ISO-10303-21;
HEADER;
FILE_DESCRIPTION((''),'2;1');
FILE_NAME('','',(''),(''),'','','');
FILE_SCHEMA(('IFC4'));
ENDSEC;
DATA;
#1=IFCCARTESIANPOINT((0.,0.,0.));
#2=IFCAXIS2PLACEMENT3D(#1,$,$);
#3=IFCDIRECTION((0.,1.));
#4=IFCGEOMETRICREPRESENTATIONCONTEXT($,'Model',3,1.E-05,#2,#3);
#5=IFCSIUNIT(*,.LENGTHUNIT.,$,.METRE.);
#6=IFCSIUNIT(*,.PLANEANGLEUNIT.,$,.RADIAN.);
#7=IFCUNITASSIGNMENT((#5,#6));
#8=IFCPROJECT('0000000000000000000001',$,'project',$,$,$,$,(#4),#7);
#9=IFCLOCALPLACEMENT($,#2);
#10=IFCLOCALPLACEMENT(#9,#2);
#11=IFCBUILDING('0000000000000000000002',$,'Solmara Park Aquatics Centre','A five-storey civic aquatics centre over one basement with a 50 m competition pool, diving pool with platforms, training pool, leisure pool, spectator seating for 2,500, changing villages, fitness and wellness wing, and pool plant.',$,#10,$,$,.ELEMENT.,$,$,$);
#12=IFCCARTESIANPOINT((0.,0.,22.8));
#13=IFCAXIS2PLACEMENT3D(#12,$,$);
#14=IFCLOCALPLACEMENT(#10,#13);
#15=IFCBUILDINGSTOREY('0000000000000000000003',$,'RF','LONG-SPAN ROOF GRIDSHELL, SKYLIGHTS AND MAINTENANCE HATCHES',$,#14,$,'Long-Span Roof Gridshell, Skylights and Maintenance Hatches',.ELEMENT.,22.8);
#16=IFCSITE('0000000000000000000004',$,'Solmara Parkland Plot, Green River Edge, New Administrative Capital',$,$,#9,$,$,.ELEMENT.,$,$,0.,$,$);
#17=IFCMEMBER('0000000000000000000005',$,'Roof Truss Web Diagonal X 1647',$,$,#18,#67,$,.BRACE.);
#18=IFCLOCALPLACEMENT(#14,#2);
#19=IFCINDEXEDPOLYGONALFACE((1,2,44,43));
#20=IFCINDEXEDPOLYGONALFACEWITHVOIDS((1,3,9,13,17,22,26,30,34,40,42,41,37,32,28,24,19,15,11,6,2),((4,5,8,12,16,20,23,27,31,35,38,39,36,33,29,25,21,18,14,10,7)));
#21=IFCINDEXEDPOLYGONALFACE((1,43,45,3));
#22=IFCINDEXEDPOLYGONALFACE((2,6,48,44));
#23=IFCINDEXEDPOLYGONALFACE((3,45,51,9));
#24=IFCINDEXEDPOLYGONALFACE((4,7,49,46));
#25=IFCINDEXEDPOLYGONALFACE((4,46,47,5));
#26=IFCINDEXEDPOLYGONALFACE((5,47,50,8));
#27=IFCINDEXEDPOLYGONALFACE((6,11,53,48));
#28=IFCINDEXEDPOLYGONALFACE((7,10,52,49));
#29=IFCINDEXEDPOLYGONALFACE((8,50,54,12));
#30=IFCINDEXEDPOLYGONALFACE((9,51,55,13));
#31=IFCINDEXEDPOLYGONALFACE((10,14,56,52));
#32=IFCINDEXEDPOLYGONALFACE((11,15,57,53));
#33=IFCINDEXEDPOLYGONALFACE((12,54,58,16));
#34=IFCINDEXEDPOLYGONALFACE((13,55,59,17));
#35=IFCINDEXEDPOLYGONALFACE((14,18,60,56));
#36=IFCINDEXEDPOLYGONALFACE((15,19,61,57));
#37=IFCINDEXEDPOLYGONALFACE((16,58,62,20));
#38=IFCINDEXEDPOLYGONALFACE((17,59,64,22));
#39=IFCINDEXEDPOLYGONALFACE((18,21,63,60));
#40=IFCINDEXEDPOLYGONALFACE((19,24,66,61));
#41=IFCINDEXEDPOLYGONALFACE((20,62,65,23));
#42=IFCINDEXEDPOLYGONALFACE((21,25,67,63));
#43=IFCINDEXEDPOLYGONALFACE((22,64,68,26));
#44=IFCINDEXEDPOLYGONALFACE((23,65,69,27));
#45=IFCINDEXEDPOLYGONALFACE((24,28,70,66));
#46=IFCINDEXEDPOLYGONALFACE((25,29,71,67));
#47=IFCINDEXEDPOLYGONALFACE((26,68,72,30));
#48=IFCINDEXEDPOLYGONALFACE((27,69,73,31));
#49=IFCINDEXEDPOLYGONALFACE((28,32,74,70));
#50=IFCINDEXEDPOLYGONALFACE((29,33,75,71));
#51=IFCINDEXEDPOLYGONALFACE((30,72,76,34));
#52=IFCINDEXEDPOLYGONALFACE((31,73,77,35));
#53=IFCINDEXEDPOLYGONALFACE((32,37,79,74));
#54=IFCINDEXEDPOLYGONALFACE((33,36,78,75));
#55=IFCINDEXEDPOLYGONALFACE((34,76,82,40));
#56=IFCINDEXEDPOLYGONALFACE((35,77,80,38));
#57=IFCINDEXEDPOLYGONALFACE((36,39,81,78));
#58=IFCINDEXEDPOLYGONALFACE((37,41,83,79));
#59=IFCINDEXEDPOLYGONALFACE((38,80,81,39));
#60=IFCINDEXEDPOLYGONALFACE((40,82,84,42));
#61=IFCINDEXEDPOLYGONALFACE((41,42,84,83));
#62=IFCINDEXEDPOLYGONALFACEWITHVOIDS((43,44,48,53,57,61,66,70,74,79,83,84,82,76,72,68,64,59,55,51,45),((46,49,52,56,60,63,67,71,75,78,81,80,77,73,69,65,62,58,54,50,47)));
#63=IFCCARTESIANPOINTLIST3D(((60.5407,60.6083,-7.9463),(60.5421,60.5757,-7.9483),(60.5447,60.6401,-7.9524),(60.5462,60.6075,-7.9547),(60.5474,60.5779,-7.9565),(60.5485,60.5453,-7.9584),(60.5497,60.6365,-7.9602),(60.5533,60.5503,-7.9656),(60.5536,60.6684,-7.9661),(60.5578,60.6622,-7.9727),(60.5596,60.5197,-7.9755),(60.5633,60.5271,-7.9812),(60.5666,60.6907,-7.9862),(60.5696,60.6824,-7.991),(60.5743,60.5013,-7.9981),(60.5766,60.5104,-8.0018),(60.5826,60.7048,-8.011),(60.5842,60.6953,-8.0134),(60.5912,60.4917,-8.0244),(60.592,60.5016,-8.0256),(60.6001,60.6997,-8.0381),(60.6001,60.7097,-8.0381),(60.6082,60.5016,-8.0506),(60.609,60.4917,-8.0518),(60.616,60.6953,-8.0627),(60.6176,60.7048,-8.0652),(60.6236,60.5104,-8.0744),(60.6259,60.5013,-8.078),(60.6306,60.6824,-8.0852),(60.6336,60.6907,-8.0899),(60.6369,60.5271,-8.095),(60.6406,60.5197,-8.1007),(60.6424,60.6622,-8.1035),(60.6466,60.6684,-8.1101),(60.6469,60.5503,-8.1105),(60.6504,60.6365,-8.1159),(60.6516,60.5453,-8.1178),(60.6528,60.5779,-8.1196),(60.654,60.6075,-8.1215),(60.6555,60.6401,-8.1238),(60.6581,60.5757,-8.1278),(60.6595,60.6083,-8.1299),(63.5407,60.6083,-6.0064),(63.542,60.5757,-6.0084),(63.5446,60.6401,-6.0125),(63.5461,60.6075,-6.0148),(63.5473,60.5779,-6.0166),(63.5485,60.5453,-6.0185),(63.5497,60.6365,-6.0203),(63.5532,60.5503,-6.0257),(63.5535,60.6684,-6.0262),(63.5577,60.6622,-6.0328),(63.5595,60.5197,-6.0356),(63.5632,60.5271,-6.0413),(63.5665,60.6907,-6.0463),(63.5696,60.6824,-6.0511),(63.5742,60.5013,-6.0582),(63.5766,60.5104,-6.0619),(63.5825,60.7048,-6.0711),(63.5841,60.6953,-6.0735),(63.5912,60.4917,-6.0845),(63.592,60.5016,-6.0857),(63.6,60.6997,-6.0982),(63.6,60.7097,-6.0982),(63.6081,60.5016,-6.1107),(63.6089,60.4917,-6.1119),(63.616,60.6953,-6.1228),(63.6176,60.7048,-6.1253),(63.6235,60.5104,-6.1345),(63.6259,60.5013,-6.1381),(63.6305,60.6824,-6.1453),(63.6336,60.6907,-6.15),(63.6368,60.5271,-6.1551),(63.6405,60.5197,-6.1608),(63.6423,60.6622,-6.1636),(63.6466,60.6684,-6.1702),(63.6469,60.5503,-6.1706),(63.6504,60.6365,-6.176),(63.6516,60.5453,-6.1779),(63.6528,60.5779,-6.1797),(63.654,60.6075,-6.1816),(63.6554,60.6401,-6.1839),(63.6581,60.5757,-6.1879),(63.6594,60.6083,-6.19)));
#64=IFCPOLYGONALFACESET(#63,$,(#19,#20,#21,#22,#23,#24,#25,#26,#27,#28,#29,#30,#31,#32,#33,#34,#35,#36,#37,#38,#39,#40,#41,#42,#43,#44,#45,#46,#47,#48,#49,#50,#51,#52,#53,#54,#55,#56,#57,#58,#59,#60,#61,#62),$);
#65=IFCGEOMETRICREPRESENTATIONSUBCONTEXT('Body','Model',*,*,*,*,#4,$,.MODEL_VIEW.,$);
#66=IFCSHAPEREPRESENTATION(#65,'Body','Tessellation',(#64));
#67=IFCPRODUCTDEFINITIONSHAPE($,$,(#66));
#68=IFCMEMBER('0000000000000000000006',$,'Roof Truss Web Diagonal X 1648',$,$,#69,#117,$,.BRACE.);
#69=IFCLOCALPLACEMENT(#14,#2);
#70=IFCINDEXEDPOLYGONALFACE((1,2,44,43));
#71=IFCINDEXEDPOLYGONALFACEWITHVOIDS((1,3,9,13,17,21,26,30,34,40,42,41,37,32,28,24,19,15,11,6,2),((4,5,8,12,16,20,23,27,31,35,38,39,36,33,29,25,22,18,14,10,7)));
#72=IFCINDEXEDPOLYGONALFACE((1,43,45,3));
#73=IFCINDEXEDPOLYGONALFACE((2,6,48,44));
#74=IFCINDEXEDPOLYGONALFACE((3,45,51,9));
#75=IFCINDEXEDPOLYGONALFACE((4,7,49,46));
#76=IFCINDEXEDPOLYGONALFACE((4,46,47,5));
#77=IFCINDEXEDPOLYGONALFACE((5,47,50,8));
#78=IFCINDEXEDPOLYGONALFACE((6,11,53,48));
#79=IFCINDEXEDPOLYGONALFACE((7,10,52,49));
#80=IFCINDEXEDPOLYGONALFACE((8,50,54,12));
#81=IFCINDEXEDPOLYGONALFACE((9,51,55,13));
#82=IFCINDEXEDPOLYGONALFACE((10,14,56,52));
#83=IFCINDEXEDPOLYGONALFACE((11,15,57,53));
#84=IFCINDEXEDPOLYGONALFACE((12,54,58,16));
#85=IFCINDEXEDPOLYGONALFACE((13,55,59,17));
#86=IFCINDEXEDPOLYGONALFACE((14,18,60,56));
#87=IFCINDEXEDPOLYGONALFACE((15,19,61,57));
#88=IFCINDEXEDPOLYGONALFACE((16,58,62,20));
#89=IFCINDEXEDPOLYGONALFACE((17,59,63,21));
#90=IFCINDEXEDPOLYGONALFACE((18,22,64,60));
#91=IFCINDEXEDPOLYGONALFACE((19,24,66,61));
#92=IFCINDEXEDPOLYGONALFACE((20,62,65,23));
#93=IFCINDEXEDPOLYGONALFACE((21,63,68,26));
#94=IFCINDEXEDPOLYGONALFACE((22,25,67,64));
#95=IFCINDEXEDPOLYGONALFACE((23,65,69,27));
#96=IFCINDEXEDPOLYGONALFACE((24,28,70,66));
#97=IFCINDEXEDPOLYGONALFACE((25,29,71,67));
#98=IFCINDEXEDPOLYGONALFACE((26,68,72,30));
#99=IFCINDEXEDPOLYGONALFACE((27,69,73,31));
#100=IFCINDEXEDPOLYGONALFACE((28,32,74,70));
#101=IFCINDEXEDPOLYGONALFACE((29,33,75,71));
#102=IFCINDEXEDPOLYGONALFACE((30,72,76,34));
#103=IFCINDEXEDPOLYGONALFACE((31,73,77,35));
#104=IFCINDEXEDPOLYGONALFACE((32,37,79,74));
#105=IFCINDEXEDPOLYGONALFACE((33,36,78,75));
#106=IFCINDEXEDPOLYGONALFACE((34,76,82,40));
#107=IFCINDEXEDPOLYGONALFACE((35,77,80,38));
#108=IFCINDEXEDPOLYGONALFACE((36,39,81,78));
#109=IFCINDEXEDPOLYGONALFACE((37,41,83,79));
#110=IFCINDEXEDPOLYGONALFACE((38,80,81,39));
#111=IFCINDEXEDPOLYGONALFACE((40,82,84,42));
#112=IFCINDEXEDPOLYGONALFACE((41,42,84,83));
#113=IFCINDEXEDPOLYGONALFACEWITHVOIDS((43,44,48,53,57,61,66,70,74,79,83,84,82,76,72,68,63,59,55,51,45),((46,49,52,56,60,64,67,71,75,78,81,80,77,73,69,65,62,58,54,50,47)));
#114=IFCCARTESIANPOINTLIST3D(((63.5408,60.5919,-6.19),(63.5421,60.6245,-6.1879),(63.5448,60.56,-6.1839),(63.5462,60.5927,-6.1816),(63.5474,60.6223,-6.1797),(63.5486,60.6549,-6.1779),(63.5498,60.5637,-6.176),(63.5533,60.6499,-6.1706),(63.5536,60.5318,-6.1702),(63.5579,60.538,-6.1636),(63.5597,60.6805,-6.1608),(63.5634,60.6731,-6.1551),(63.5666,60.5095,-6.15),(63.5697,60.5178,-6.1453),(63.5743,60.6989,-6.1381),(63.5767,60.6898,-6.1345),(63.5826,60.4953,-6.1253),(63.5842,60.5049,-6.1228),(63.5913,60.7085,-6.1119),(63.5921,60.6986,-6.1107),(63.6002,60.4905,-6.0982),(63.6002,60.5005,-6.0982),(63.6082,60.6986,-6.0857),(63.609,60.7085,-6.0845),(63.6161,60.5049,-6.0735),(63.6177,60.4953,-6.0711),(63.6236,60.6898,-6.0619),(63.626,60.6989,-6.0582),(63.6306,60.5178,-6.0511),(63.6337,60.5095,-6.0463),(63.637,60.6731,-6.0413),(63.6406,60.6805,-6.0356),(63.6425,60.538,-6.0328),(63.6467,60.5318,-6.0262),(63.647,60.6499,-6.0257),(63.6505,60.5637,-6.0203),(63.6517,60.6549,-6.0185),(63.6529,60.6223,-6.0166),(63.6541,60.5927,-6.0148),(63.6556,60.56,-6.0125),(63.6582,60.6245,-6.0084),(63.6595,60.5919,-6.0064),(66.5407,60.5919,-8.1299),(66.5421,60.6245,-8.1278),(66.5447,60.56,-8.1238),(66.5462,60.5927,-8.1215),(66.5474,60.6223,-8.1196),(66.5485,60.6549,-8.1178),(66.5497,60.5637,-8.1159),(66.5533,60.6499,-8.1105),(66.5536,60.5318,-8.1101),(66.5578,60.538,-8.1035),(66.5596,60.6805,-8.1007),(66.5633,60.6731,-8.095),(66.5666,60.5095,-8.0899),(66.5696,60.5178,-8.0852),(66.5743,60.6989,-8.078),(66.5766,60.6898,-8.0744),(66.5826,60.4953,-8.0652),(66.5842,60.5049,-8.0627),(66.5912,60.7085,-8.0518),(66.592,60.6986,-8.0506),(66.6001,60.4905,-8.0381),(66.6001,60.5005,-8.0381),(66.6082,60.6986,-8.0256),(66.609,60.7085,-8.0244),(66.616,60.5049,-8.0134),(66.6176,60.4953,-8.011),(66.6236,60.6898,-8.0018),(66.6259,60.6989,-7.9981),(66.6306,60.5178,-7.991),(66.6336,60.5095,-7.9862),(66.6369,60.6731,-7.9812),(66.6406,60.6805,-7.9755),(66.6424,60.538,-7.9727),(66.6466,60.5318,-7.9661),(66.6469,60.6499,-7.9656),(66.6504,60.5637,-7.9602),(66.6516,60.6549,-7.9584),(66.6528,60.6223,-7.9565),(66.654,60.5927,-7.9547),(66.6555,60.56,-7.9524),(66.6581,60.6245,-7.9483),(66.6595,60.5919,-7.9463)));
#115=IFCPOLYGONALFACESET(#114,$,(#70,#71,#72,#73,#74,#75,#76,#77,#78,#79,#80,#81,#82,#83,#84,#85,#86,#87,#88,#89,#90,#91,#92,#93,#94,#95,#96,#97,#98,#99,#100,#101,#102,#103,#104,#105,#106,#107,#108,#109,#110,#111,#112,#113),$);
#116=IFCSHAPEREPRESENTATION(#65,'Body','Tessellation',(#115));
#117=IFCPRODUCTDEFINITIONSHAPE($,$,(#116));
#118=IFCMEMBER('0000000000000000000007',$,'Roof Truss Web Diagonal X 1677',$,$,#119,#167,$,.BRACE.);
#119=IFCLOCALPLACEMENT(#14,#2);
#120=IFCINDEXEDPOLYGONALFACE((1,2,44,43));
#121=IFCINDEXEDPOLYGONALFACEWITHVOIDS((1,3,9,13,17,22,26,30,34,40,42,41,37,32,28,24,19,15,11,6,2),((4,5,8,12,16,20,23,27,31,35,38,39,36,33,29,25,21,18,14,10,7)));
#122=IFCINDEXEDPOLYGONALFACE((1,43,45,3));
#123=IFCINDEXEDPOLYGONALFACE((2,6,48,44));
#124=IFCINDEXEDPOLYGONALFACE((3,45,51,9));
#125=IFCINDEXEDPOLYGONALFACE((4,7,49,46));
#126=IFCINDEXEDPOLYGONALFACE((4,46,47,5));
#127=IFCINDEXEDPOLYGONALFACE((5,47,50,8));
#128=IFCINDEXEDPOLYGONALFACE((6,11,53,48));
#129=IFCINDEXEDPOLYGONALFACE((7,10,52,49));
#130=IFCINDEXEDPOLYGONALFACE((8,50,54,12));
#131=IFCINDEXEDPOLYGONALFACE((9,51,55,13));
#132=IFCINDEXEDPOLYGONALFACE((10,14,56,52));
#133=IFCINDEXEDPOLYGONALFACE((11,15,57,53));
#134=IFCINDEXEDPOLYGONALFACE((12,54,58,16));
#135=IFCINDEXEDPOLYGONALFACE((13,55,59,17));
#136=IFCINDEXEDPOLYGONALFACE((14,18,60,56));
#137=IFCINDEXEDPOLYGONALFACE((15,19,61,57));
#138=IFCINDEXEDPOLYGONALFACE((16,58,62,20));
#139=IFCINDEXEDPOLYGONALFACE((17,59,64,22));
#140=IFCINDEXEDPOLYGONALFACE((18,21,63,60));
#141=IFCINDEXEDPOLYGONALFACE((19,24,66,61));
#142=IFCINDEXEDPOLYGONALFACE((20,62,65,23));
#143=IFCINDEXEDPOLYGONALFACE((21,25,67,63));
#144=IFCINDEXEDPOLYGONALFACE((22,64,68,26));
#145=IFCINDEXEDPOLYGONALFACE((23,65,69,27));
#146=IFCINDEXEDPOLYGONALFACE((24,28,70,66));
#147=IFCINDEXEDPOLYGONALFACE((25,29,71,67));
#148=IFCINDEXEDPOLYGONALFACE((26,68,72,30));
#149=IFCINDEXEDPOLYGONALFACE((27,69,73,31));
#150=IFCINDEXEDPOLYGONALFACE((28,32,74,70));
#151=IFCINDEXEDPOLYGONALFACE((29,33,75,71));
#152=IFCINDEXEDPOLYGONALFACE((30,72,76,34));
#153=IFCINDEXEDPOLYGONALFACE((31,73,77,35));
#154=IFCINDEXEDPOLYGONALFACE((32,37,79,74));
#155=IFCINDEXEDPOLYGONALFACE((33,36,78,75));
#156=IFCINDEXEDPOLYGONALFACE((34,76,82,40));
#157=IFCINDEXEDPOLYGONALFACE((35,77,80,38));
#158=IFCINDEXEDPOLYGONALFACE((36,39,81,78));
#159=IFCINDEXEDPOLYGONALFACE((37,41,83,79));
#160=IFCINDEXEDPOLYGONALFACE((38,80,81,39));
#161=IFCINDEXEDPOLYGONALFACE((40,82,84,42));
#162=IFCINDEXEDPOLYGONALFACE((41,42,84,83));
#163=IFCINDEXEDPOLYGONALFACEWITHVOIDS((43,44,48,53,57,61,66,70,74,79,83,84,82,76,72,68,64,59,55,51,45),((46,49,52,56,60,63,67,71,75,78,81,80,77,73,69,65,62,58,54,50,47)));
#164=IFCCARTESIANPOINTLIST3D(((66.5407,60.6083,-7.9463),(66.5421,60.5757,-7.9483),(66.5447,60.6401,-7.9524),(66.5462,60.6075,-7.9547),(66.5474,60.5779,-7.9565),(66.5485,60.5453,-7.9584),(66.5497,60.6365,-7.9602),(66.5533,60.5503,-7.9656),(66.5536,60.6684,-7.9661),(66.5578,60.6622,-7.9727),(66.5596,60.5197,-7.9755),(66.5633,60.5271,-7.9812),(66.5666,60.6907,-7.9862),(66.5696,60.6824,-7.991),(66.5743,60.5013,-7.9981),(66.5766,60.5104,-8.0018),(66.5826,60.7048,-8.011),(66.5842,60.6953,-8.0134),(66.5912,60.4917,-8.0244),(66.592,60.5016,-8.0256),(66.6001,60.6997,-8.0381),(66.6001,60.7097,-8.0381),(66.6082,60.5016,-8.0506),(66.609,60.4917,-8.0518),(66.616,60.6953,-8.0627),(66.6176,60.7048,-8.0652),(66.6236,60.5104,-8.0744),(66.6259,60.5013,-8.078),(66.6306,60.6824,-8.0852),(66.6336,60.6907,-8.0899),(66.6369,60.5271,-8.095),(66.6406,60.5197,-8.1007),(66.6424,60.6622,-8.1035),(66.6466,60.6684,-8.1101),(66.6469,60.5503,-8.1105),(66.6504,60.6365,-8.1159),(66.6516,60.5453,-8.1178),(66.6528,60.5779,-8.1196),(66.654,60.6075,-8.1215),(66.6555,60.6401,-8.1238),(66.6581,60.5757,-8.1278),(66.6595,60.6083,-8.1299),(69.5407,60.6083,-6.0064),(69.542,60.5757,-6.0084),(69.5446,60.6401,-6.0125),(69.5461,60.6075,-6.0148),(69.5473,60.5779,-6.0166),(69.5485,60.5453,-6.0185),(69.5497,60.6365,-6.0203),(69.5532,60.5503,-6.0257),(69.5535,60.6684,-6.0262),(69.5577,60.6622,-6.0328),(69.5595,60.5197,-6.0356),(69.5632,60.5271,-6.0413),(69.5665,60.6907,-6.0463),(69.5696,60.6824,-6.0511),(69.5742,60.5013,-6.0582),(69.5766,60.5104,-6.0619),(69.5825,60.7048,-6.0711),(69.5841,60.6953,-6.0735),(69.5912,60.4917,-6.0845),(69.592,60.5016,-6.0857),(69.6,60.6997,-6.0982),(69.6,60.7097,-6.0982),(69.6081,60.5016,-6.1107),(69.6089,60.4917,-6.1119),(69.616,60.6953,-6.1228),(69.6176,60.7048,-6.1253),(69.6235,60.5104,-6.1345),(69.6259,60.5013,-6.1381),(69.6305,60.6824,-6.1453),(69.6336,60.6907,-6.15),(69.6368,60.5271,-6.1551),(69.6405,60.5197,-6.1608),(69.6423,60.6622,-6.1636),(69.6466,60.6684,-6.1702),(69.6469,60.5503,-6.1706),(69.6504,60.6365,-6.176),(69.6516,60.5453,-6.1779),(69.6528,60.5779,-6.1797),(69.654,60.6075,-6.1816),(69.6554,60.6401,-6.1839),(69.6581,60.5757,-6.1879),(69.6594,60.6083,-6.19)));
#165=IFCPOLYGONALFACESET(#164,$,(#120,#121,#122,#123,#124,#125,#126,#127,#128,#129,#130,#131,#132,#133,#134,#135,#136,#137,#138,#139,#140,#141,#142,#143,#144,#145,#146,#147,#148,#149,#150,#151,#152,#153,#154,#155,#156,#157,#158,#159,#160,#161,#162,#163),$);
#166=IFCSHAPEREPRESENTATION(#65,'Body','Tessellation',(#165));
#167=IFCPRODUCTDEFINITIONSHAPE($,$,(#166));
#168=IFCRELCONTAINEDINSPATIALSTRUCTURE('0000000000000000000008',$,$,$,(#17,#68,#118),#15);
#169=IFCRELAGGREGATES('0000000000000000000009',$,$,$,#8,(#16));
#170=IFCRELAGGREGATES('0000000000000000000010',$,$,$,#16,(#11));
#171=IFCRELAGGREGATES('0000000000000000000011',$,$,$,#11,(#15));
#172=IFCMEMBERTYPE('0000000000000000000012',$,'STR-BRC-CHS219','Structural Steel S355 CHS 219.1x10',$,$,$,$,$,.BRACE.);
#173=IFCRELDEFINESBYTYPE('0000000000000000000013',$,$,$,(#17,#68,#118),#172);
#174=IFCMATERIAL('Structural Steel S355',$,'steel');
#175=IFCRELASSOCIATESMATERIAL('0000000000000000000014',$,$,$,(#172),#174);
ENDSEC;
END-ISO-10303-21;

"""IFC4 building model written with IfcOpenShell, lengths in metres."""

from ifc_helpers import new_model, si_unit, direction, frame, origin, origin_2d, place, context, subcontext, project, spatial, hollow_circle, extrude, material, material_profile, profile_set, type_object, element, save


model = new_model("IFC4")

# Units and contexts
model_context = context("Model", 3, precision=1e-05, world=origin(), true_north=direction((0.0, 1.0)))
body_context = subcontext(model_context, "Body", "Model", "MODEL_VIEW")
ifc_project = project(units=[si_unit("LENGTHUNIT", "METRE"), si_unit("PLANEANGLEUNIT", "RADIAN")], contexts=[model_context])

# Site, building, storey
site_placement = place(None, origin())
site = spatial("IfcSite", under=ifc_project, at=site_placement, Name="Solmara Parkland Plot, Green River Edge, New Administrative Capital", CompositionType="ELEMENT", RefElevation=0.0)
building_placement = place(site_placement, origin())
building = spatial("IfcBuilding", under=site, at=building_placement, Name="Solmara Park Aquatics Centre", Description="A five-storey civic aquatics centre over one basement with a 50 m competition pool, diving pool with platforms, training pool, leisure pool, spectator seating for 2,500, changing villages, fitness and wellness wing, and pool plant.", CompositionType="ELEMENT")
storey_placement = place(building_placement, frame((0.0, 0.0, 22.8)))
storey = spatial("IfcBuildingStorey", under=building, at=storey_placement, Name="RF", Description="LONG-SPAN ROOF GRIDSHELL, SKYLIGHTS AND MAINTENANCE HATCHES", LongName="Long-Span Roof Gridshell, Skylights and Maintenance Hatches", CompositionType="ELEMENT", Elevation=22.8)

# Members
ifc_material_1 = material(Name="Structural Steel S355", Category="steel")
ifc_material_profile_1 = material_profile(ifc_material_1, hollow_circle(Radius=0.1096, WallThickness=0.01, at=origin_2d()), Name="CHS 219.1x10")
ifc_profile_set_1 = profile_set([ifc_material_profile_1], Name="Structural Steel S355")
member_type_1 = type_object("IfcMemberType", Name="STR-BRC-CHS219", Description="Structural Steel S355 CHS 219.1x10", PredefinedType="BRACE", material=ifc_profile_set_1)
for number, where, z_axis, x_axis, name in (
    (1, (60.6001, 60.6001, -8.0381), (0.839728, 0.0, 0.543008), (0.0, 1.0, 0.0), "Roof Truss Web Diagonal X 1647"),
    (2, (66.6001, 60.6001, -8.0381), (-0.839728, 0.0, 0.543008), (0.0, -1.0, 0.0), "Roof Truss Web Diagonal X 1648"),
    (3, (66.6001, 60.6001, -8.0381), (0.839728, 0.0, 0.543008), (0.0, 1.0, 0.0), "Roof Truss Web Diagonal X 1677"),
):
    element("IfcMember", number, at=place(storey_placement, frame(where, z_axis=z_axis, x_axis=x_axis)), inside=storey, type_object=member_type_1, Name=name, PredefinedType="BRACE", context=body_context, shape_type="SweptSolid", body=[
        extrude(hollow_circle(Radius=0.1096, WallThickness=0.01, at=origin_2d()), origin(), (0.0, 0.0, 1.0), 3.5725),
    ])

save(model, "model.ifc")
